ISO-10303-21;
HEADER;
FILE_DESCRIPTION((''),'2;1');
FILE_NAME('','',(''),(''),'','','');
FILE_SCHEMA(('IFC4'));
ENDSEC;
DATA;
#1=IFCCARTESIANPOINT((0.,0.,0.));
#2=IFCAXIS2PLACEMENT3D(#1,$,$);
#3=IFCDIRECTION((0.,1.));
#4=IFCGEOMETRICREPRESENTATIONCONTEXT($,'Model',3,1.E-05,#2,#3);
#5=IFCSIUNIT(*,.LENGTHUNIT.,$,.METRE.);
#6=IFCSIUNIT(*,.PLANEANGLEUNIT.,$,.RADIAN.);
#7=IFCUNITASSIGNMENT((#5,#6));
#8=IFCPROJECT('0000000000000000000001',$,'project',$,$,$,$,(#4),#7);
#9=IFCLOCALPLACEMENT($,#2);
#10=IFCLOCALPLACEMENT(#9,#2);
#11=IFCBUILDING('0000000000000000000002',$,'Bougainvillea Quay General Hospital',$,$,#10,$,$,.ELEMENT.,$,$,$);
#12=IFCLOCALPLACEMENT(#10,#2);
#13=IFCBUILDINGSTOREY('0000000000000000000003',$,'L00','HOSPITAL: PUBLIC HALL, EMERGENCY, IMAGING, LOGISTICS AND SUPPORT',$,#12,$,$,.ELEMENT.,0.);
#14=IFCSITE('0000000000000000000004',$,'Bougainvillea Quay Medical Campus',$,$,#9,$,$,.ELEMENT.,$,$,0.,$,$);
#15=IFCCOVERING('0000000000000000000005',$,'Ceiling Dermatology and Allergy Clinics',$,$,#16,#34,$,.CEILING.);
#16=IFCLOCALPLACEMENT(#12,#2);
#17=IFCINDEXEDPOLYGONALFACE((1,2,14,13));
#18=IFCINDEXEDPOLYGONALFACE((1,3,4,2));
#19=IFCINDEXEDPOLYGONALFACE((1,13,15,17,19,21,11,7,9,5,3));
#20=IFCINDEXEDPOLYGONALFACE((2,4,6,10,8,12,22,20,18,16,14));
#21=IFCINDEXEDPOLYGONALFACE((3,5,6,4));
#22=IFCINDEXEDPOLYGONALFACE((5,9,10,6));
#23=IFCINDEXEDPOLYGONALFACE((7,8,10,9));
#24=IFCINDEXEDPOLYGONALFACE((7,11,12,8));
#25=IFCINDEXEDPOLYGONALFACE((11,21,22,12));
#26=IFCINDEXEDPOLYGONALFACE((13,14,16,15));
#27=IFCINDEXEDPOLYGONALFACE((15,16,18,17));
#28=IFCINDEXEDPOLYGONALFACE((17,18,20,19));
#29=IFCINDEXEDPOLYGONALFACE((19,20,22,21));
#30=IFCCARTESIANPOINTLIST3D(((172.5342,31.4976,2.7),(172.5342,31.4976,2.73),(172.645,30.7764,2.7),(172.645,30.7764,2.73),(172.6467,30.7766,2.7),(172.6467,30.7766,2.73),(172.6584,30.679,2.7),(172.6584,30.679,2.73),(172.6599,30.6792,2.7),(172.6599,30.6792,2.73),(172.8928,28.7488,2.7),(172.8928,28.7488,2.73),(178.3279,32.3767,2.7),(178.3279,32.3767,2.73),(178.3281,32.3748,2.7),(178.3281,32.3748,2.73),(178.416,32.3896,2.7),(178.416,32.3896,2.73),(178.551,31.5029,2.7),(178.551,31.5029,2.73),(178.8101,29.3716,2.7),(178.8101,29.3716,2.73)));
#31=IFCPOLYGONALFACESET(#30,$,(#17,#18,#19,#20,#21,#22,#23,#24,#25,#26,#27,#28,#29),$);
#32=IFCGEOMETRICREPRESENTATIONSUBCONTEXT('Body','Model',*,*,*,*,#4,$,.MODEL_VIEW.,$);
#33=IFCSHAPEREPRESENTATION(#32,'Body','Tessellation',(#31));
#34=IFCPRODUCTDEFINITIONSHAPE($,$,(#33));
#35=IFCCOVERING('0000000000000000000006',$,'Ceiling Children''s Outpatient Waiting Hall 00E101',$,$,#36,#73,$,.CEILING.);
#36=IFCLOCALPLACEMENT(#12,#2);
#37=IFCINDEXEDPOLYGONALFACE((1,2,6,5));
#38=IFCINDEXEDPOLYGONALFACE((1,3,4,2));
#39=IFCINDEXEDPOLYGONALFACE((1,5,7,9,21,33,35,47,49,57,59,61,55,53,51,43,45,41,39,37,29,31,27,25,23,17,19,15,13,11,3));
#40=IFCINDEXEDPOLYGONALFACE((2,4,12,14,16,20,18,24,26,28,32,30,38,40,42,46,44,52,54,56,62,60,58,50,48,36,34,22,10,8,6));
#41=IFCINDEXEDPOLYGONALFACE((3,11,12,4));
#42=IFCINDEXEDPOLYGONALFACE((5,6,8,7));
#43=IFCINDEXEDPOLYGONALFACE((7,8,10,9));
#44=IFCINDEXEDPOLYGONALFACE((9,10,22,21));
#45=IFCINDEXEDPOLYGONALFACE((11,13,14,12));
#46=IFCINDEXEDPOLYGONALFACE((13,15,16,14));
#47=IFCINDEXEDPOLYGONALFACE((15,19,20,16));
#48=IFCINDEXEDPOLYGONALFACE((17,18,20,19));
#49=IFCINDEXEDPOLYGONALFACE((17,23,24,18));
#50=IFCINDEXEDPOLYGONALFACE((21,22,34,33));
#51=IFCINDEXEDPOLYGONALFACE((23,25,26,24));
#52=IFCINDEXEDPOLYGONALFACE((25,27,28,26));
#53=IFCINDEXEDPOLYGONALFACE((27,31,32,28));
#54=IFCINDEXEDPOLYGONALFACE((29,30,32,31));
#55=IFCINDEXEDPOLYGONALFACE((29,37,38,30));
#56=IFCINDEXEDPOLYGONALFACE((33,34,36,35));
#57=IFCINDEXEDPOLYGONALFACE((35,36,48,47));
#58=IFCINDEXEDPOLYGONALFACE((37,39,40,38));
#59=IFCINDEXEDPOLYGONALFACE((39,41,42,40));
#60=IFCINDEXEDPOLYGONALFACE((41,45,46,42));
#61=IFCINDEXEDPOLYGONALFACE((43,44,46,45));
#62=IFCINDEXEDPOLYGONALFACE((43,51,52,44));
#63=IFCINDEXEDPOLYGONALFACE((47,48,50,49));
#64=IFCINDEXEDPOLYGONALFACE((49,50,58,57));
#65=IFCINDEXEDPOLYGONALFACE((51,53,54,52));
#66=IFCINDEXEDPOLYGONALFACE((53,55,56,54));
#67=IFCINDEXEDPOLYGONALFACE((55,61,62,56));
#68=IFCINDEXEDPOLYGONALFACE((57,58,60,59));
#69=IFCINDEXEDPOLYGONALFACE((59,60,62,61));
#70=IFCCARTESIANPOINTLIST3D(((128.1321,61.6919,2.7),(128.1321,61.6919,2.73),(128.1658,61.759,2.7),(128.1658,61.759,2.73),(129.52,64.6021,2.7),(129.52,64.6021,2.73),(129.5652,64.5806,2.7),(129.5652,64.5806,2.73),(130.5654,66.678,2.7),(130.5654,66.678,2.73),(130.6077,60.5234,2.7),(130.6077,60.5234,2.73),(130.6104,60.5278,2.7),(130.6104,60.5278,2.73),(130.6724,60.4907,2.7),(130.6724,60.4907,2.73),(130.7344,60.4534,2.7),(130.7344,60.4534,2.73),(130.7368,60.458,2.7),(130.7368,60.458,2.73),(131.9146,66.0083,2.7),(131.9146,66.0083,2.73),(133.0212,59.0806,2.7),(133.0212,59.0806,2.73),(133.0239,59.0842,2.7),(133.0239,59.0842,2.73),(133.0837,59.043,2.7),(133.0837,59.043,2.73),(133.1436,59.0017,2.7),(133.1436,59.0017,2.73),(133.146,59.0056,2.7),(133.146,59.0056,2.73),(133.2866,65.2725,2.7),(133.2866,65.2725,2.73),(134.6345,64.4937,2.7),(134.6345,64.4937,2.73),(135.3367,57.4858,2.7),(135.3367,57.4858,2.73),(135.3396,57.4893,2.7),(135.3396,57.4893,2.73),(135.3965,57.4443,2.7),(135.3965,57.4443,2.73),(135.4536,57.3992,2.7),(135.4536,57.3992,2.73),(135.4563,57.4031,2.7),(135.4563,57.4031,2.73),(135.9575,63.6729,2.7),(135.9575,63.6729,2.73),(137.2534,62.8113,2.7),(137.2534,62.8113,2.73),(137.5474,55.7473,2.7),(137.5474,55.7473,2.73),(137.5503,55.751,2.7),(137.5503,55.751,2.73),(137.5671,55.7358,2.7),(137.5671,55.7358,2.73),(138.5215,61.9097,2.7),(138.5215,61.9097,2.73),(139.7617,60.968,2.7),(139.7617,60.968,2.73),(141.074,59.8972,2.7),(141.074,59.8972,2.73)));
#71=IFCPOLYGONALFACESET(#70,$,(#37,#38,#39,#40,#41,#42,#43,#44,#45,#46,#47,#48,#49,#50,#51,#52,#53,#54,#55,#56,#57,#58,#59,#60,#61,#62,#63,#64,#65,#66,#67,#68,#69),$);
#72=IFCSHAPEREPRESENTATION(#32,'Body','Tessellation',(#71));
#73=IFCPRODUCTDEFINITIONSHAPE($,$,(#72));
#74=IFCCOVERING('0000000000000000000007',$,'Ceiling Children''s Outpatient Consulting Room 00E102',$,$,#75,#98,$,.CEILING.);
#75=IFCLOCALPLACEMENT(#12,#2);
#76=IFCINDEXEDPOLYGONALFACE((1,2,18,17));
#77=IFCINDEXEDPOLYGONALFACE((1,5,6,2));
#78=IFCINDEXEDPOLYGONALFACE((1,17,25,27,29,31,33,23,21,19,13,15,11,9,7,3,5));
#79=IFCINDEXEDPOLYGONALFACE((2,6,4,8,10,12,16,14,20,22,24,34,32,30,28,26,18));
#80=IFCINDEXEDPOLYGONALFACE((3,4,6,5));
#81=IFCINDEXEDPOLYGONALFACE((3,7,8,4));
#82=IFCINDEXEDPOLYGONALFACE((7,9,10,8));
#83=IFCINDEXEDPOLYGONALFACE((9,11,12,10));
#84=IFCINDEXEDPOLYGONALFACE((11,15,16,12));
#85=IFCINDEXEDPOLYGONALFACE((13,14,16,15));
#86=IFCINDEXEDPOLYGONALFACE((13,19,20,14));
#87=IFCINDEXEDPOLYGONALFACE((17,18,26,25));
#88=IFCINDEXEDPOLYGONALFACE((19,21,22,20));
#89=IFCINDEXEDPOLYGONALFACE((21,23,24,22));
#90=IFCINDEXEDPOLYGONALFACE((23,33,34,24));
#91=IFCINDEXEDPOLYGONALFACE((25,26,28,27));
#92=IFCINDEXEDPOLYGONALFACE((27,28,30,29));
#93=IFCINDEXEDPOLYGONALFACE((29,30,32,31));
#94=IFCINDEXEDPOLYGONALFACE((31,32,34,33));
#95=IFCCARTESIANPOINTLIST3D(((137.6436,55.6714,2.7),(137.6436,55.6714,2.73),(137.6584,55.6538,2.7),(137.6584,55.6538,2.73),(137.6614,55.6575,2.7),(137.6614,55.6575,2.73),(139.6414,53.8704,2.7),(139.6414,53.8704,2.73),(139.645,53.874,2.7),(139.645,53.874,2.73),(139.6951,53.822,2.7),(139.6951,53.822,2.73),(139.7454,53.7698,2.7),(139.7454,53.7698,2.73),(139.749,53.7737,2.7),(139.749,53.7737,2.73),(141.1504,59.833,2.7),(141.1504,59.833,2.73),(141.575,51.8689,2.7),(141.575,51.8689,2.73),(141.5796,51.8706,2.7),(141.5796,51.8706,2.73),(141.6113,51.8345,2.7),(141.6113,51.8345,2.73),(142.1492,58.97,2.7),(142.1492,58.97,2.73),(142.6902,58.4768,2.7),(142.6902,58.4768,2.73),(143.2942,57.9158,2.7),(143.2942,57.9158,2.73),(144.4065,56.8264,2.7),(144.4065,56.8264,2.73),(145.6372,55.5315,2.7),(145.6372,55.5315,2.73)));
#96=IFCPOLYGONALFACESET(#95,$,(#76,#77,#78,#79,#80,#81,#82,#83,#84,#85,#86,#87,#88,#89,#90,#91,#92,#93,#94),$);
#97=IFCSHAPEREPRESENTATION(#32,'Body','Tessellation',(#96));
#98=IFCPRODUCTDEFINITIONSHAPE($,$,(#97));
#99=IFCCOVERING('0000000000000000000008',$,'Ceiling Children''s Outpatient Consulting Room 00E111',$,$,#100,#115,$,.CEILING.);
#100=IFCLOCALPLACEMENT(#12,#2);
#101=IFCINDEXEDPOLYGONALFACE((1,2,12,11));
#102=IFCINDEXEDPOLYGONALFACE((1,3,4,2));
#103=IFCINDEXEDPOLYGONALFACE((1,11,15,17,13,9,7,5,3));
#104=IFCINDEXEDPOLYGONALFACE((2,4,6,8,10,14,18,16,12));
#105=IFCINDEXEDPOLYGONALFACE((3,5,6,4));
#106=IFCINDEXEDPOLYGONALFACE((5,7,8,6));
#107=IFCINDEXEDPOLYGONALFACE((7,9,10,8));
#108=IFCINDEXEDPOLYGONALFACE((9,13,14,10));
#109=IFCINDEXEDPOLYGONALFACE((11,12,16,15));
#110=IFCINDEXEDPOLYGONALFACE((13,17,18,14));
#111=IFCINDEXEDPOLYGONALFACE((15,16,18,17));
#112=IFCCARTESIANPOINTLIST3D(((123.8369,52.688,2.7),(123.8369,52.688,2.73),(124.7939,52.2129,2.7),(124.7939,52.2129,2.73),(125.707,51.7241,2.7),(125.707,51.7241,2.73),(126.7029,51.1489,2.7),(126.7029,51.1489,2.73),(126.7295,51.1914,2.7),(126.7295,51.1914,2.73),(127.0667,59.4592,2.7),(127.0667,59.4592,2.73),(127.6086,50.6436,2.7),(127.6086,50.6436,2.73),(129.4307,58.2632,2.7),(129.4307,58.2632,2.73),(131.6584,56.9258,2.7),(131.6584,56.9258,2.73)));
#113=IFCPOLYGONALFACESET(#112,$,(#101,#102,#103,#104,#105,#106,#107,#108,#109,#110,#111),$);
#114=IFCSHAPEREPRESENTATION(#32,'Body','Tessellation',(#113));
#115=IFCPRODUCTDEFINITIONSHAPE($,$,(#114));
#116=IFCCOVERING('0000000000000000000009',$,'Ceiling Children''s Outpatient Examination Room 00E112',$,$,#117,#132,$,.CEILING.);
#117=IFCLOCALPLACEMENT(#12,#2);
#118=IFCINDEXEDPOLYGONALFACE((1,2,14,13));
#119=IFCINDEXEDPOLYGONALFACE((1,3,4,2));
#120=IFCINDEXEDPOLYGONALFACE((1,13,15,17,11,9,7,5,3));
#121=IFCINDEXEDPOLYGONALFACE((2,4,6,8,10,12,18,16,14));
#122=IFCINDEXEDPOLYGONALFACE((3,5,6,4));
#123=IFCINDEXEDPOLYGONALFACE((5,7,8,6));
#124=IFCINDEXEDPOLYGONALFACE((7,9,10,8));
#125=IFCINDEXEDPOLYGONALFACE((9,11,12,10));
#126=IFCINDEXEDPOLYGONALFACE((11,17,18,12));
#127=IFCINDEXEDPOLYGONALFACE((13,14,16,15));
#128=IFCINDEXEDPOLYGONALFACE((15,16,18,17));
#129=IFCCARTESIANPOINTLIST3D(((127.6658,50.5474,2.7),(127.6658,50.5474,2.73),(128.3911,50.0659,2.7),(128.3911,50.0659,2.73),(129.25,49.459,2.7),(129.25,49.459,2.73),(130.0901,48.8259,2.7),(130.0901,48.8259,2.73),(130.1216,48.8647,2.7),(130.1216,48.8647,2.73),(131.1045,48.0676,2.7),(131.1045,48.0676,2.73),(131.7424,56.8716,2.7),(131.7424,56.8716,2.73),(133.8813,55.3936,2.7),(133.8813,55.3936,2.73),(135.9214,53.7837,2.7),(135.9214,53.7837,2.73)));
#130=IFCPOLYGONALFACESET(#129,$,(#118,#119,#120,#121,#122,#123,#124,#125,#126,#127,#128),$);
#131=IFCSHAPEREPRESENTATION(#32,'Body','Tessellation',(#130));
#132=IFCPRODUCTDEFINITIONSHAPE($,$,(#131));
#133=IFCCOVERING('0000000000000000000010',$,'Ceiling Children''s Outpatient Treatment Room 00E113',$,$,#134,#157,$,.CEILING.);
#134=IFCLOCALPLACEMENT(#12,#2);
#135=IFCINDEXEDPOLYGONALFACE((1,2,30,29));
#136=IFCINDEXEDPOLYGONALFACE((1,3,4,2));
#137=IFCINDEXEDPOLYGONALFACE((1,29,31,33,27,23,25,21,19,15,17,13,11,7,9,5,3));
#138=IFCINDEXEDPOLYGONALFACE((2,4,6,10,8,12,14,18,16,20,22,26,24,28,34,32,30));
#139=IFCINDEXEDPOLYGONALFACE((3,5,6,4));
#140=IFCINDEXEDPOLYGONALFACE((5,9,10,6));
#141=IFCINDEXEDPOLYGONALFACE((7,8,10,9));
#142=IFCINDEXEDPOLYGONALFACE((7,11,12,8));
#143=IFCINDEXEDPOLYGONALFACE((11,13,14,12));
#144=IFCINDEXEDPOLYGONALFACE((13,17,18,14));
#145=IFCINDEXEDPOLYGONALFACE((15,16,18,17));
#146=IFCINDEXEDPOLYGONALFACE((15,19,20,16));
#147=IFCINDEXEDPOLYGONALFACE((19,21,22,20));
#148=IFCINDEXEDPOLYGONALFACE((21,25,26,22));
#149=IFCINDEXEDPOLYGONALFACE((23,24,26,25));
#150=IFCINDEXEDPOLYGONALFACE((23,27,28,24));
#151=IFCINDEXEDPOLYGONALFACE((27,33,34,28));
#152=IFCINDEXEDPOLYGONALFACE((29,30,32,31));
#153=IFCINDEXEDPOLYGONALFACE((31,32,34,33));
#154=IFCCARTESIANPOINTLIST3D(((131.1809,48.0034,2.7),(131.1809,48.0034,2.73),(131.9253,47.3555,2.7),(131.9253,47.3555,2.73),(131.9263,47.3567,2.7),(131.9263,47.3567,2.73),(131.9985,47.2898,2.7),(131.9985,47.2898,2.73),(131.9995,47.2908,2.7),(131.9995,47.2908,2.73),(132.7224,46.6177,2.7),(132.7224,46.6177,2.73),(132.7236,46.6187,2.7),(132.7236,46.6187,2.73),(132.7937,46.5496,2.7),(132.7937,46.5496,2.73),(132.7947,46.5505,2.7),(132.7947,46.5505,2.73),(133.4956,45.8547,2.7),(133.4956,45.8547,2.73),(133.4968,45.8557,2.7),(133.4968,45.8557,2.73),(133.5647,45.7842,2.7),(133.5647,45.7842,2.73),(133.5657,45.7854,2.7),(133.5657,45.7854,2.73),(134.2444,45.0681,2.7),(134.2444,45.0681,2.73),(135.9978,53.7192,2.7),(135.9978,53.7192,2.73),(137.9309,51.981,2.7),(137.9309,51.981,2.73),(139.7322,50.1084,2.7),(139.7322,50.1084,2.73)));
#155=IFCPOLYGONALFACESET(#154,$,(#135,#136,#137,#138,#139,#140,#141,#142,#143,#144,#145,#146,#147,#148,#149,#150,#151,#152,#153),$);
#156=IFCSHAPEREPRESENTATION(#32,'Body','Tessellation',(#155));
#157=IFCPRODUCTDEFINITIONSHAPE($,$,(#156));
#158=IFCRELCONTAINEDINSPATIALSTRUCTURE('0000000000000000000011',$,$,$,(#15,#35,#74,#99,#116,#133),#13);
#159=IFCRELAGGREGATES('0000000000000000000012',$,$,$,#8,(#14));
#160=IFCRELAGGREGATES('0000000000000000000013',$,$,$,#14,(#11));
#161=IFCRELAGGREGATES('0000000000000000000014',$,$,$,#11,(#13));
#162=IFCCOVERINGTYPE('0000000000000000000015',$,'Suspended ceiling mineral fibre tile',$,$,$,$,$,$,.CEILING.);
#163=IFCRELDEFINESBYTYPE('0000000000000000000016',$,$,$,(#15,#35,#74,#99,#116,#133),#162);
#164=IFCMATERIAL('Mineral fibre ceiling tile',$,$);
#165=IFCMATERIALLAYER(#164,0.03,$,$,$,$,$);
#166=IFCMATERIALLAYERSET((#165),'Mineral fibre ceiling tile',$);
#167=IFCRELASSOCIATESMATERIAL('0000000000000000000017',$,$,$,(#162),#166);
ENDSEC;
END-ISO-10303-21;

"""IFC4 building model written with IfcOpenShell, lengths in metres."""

from ifc_helpers import new_model, si_unit, direction, frame, origin, place, context, subcontext, project, spatial, polyline, outline, extrude, material, layer, layer_set, type_object, element, save


model = new_model("IFC4")

# Units and contexts
model_context = context("Model", 3, precision=1e-05, world=origin(), true_north=direction((0.0, 1.0)))
body_context = subcontext(model_context, "Body", "Model", "MODEL_VIEW")
ifc_project = project(units=[si_unit("LENGTHUNIT", "METRE"), si_unit("PLANEANGLEUNIT", "RADIAN")], contexts=[model_context])

# Site, building, storey
site_placement = place(None, origin())
site = spatial("IfcSite", under=ifc_project, at=site_placement, Name="Bougainvillea Quay Medical Campus", CompositionType="ELEMENT", RefElevation=0.0)
building_placement = place(site_placement, origin())
building = spatial("IfcBuilding", under=site, at=building_placement, Name="Bougainvillea Quay General Hospital", CompositionType="ELEMENT")
storey_placement = place(building_placement, origin())
storey = spatial("IfcBuildingStorey", under=building, at=storey_placement, Name="L00", Description="HOSPITAL: PUBLIC HALL, EMERGENCY, IMAGING, LOGISTICS AND SUPPORT", CompositionType="ELEMENT", Elevation=0.0)

# Coverings
ifc_material_1 = material(Name="Mineral fibre ceiling tile")
ifc_layer_1 = layer(ifc_material_1, 0.03)
ifc_layer_set_1 = layer_set([ifc_layer_1], Name="Mineral fibre ceiling tile")
covering_type = type_object("IfcCoveringType", Name="Suspended ceiling mineral fibre tile", PredefinedType="CEILING", material=ifc_layer_set_1)
covering_1_placement = place(storey_placement, frame((0.0, 0.0, 2.7)))
element("IfcCovering", 1, at=covering_1_placement, inside=storey, type_object=covering_type, Name="Ceiling Dermatology and Allergy Clinics", PredefinedType="CEILING", context=body_context, shape_type="SweptSolid", body=[
    extrude(outline(polyline([(178.416, 32.3896), (178.3281, 32.3748), (178.3279, 32.3767), (172.5342, 31.4976), (172.645, 30.7764), (172.6467, 30.7766), (172.6599, 30.6792), (172.6584, 30.679), (172.8928, 28.7488), (178.8101, 29.3716), (178.551, 31.5029), (178.416, 32.3896)])), origin(), (0.0, 0.0, 1.0), 0.03),
])
covering_2_placement = place(storey_placement, frame((0.0, 0.0, 2.7)))
element("IfcCovering", 2, at=covering_2_placement, inside=storey, type_object=covering_type, Name="Ceiling Children's Outpatient Waiting Hall 00E101", PredefinedType="CEILING", context=body_context, shape_type="SweptSolid", body=[
    extrude(outline(polyline([(128.1321, 61.6919), (128.1658, 61.759), (130.6077, 60.5234), (130.6104, 60.5278), (130.6724, 60.4907), (130.7368, 60.458), (130.7344, 60.4534), (133.0212, 59.0806), (133.0239, 59.0842), (133.0837, 59.043), (133.146, 59.0056), (133.1436, 59.0017), (135.3367, 57.4858), (135.3396, 57.4893), (135.3965, 57.4443), (135.4563, 57.4031), (135.4536, 57.3992), (137.5474, 55.7473), (137.5503, 55.751), (137.5671, 55.7358), (141.074, 59.8972), (139.7617, 60.968), (138.5215, 61.9097), (137.2534, 62.8113), (135.9575, 63.6729), (134.6345, 64.4937), (133.2866, 65.2725), (131.9146, 66.0083), (130.5654, 66.678), (129.5652, 64.5806), (129.52, 64.6021), (128.1321, 61.6919)])), origin(), (0.0, 0.0, 1.0), 0.03),
])
covering_3_placement = place(storey_placement, frame((0.0, 0.0, 2.7)))
element("IfcCovering", 3, at=covering_3_placement, inside=storey, type_object=covering_type, Name="Ceiling Children's Outpatient Consulting Room 00E102", PredefinedType="CEILING", context=body_context, shape_type="SweptSolid", body=[
    extrude(outline(polyline([(141.575, 51.8689), (141.5796, 51.8706), (141.6113, 51.8345), (145.6372, 55.5315), (144.4065, 56.8264), (143.2942, 57.9158), (142.6902, 58.4768), (142.1492, 58.97), (141.1504, 59.833), (137.6436, 55.6714), (137.6614, 55.6575), (137.6584, 55.6538), (139.6414, 53.8704), (139.645, 53.874), (139.6951, 53.822), (139.749, 53.7737), (139.7454, 53.7698), (141.575, 51.8689)])), origin(), (0.0, 0.0, 1.0), 0.03),
])
covering_4_placement = place(storey_placement, frame((0.0, 0.0, 2.7)))
element("IfcCovering", 4, at=covering_4_placement, inside=storey, type_object=covering_type, Name="Ceiling Children's Outpatient Consulting Room 00E111", PredefinedType="CEILING", context=body_context, shape_type="SweptSolid", body=[
    extrude(outline(polyline([(126.7029, 51.1489), (126.7295, 51.1914), (127.6086, 50.6436), (131.6584, 56.9258), (129.4307, 58.2632), (127.0667, 59.4592), (123.8369, 52.688), (124.7939, 52.2129), (125.707, 51.7241), (126.7029, 51.1489)])), origin(), (0.0, 0.0, 1.0), 0.03),
])
covering_5_placement = place(storey_placement, frame((0.0, 0.0, 2.7)))
element("IfcCovering", 5, at=covering_5_placement, inside=storey, type_object=covering_type, Name="Ceiling Children's Outpatient Examination Room 00E112", PredefinedType="CEILING", context=body_context, shape_type="SweptSolid", body=[
    extrude(outline(polyline([(130.0901, 48.8259), (130.1216, 48.8647), (131.1045, 48.0676), (135.9214, 53.7837), (133.8813, 55.3936), (131.7424, 56.8716), (127.6658, 50.5474), (128.3911, 50.0659), (129.25, 49.459), (130.0901, 48.8259)])), origin(), (0.0, 0.0, 1.0), 0.03),
])
covering_6_placement = place(storey_placement, frame((0.0, 0.0, 2.7)))
element("IfcCovering", 6, at=covering_6_placement, inside=storey, type_object=covering_type, Name="Ceiling Children's Outpatient Treatment Room 00E113", PredefinedType="CEILING", context=body_context, shape_type="SweptSolid", body=[
    extrude(outline(polyline([(131.9263, 47.3567), (131.9995, 47.2908), (131.9985, 47.2898), (132.7224, 46.6177), (132.7236, 46.6187), (132.7947, 46.5505), (132.7937, 46.5496), (133.4956, 45.8547), (133.4968, 45.8557), (133.5657, 45.7854), (133.5647, 45.7842), (134.2444, 45.0681), (139.7322, 50.1084), (137.9309, 51.981), (135.9978, 53.7192), (131.1809, 48.0034), (131.9253, 47.3555), (131.9263, 47.3567)])), origin(), (0.0, 0.0, 1.0), 0.03),
])

save(model, "model.ifc")
